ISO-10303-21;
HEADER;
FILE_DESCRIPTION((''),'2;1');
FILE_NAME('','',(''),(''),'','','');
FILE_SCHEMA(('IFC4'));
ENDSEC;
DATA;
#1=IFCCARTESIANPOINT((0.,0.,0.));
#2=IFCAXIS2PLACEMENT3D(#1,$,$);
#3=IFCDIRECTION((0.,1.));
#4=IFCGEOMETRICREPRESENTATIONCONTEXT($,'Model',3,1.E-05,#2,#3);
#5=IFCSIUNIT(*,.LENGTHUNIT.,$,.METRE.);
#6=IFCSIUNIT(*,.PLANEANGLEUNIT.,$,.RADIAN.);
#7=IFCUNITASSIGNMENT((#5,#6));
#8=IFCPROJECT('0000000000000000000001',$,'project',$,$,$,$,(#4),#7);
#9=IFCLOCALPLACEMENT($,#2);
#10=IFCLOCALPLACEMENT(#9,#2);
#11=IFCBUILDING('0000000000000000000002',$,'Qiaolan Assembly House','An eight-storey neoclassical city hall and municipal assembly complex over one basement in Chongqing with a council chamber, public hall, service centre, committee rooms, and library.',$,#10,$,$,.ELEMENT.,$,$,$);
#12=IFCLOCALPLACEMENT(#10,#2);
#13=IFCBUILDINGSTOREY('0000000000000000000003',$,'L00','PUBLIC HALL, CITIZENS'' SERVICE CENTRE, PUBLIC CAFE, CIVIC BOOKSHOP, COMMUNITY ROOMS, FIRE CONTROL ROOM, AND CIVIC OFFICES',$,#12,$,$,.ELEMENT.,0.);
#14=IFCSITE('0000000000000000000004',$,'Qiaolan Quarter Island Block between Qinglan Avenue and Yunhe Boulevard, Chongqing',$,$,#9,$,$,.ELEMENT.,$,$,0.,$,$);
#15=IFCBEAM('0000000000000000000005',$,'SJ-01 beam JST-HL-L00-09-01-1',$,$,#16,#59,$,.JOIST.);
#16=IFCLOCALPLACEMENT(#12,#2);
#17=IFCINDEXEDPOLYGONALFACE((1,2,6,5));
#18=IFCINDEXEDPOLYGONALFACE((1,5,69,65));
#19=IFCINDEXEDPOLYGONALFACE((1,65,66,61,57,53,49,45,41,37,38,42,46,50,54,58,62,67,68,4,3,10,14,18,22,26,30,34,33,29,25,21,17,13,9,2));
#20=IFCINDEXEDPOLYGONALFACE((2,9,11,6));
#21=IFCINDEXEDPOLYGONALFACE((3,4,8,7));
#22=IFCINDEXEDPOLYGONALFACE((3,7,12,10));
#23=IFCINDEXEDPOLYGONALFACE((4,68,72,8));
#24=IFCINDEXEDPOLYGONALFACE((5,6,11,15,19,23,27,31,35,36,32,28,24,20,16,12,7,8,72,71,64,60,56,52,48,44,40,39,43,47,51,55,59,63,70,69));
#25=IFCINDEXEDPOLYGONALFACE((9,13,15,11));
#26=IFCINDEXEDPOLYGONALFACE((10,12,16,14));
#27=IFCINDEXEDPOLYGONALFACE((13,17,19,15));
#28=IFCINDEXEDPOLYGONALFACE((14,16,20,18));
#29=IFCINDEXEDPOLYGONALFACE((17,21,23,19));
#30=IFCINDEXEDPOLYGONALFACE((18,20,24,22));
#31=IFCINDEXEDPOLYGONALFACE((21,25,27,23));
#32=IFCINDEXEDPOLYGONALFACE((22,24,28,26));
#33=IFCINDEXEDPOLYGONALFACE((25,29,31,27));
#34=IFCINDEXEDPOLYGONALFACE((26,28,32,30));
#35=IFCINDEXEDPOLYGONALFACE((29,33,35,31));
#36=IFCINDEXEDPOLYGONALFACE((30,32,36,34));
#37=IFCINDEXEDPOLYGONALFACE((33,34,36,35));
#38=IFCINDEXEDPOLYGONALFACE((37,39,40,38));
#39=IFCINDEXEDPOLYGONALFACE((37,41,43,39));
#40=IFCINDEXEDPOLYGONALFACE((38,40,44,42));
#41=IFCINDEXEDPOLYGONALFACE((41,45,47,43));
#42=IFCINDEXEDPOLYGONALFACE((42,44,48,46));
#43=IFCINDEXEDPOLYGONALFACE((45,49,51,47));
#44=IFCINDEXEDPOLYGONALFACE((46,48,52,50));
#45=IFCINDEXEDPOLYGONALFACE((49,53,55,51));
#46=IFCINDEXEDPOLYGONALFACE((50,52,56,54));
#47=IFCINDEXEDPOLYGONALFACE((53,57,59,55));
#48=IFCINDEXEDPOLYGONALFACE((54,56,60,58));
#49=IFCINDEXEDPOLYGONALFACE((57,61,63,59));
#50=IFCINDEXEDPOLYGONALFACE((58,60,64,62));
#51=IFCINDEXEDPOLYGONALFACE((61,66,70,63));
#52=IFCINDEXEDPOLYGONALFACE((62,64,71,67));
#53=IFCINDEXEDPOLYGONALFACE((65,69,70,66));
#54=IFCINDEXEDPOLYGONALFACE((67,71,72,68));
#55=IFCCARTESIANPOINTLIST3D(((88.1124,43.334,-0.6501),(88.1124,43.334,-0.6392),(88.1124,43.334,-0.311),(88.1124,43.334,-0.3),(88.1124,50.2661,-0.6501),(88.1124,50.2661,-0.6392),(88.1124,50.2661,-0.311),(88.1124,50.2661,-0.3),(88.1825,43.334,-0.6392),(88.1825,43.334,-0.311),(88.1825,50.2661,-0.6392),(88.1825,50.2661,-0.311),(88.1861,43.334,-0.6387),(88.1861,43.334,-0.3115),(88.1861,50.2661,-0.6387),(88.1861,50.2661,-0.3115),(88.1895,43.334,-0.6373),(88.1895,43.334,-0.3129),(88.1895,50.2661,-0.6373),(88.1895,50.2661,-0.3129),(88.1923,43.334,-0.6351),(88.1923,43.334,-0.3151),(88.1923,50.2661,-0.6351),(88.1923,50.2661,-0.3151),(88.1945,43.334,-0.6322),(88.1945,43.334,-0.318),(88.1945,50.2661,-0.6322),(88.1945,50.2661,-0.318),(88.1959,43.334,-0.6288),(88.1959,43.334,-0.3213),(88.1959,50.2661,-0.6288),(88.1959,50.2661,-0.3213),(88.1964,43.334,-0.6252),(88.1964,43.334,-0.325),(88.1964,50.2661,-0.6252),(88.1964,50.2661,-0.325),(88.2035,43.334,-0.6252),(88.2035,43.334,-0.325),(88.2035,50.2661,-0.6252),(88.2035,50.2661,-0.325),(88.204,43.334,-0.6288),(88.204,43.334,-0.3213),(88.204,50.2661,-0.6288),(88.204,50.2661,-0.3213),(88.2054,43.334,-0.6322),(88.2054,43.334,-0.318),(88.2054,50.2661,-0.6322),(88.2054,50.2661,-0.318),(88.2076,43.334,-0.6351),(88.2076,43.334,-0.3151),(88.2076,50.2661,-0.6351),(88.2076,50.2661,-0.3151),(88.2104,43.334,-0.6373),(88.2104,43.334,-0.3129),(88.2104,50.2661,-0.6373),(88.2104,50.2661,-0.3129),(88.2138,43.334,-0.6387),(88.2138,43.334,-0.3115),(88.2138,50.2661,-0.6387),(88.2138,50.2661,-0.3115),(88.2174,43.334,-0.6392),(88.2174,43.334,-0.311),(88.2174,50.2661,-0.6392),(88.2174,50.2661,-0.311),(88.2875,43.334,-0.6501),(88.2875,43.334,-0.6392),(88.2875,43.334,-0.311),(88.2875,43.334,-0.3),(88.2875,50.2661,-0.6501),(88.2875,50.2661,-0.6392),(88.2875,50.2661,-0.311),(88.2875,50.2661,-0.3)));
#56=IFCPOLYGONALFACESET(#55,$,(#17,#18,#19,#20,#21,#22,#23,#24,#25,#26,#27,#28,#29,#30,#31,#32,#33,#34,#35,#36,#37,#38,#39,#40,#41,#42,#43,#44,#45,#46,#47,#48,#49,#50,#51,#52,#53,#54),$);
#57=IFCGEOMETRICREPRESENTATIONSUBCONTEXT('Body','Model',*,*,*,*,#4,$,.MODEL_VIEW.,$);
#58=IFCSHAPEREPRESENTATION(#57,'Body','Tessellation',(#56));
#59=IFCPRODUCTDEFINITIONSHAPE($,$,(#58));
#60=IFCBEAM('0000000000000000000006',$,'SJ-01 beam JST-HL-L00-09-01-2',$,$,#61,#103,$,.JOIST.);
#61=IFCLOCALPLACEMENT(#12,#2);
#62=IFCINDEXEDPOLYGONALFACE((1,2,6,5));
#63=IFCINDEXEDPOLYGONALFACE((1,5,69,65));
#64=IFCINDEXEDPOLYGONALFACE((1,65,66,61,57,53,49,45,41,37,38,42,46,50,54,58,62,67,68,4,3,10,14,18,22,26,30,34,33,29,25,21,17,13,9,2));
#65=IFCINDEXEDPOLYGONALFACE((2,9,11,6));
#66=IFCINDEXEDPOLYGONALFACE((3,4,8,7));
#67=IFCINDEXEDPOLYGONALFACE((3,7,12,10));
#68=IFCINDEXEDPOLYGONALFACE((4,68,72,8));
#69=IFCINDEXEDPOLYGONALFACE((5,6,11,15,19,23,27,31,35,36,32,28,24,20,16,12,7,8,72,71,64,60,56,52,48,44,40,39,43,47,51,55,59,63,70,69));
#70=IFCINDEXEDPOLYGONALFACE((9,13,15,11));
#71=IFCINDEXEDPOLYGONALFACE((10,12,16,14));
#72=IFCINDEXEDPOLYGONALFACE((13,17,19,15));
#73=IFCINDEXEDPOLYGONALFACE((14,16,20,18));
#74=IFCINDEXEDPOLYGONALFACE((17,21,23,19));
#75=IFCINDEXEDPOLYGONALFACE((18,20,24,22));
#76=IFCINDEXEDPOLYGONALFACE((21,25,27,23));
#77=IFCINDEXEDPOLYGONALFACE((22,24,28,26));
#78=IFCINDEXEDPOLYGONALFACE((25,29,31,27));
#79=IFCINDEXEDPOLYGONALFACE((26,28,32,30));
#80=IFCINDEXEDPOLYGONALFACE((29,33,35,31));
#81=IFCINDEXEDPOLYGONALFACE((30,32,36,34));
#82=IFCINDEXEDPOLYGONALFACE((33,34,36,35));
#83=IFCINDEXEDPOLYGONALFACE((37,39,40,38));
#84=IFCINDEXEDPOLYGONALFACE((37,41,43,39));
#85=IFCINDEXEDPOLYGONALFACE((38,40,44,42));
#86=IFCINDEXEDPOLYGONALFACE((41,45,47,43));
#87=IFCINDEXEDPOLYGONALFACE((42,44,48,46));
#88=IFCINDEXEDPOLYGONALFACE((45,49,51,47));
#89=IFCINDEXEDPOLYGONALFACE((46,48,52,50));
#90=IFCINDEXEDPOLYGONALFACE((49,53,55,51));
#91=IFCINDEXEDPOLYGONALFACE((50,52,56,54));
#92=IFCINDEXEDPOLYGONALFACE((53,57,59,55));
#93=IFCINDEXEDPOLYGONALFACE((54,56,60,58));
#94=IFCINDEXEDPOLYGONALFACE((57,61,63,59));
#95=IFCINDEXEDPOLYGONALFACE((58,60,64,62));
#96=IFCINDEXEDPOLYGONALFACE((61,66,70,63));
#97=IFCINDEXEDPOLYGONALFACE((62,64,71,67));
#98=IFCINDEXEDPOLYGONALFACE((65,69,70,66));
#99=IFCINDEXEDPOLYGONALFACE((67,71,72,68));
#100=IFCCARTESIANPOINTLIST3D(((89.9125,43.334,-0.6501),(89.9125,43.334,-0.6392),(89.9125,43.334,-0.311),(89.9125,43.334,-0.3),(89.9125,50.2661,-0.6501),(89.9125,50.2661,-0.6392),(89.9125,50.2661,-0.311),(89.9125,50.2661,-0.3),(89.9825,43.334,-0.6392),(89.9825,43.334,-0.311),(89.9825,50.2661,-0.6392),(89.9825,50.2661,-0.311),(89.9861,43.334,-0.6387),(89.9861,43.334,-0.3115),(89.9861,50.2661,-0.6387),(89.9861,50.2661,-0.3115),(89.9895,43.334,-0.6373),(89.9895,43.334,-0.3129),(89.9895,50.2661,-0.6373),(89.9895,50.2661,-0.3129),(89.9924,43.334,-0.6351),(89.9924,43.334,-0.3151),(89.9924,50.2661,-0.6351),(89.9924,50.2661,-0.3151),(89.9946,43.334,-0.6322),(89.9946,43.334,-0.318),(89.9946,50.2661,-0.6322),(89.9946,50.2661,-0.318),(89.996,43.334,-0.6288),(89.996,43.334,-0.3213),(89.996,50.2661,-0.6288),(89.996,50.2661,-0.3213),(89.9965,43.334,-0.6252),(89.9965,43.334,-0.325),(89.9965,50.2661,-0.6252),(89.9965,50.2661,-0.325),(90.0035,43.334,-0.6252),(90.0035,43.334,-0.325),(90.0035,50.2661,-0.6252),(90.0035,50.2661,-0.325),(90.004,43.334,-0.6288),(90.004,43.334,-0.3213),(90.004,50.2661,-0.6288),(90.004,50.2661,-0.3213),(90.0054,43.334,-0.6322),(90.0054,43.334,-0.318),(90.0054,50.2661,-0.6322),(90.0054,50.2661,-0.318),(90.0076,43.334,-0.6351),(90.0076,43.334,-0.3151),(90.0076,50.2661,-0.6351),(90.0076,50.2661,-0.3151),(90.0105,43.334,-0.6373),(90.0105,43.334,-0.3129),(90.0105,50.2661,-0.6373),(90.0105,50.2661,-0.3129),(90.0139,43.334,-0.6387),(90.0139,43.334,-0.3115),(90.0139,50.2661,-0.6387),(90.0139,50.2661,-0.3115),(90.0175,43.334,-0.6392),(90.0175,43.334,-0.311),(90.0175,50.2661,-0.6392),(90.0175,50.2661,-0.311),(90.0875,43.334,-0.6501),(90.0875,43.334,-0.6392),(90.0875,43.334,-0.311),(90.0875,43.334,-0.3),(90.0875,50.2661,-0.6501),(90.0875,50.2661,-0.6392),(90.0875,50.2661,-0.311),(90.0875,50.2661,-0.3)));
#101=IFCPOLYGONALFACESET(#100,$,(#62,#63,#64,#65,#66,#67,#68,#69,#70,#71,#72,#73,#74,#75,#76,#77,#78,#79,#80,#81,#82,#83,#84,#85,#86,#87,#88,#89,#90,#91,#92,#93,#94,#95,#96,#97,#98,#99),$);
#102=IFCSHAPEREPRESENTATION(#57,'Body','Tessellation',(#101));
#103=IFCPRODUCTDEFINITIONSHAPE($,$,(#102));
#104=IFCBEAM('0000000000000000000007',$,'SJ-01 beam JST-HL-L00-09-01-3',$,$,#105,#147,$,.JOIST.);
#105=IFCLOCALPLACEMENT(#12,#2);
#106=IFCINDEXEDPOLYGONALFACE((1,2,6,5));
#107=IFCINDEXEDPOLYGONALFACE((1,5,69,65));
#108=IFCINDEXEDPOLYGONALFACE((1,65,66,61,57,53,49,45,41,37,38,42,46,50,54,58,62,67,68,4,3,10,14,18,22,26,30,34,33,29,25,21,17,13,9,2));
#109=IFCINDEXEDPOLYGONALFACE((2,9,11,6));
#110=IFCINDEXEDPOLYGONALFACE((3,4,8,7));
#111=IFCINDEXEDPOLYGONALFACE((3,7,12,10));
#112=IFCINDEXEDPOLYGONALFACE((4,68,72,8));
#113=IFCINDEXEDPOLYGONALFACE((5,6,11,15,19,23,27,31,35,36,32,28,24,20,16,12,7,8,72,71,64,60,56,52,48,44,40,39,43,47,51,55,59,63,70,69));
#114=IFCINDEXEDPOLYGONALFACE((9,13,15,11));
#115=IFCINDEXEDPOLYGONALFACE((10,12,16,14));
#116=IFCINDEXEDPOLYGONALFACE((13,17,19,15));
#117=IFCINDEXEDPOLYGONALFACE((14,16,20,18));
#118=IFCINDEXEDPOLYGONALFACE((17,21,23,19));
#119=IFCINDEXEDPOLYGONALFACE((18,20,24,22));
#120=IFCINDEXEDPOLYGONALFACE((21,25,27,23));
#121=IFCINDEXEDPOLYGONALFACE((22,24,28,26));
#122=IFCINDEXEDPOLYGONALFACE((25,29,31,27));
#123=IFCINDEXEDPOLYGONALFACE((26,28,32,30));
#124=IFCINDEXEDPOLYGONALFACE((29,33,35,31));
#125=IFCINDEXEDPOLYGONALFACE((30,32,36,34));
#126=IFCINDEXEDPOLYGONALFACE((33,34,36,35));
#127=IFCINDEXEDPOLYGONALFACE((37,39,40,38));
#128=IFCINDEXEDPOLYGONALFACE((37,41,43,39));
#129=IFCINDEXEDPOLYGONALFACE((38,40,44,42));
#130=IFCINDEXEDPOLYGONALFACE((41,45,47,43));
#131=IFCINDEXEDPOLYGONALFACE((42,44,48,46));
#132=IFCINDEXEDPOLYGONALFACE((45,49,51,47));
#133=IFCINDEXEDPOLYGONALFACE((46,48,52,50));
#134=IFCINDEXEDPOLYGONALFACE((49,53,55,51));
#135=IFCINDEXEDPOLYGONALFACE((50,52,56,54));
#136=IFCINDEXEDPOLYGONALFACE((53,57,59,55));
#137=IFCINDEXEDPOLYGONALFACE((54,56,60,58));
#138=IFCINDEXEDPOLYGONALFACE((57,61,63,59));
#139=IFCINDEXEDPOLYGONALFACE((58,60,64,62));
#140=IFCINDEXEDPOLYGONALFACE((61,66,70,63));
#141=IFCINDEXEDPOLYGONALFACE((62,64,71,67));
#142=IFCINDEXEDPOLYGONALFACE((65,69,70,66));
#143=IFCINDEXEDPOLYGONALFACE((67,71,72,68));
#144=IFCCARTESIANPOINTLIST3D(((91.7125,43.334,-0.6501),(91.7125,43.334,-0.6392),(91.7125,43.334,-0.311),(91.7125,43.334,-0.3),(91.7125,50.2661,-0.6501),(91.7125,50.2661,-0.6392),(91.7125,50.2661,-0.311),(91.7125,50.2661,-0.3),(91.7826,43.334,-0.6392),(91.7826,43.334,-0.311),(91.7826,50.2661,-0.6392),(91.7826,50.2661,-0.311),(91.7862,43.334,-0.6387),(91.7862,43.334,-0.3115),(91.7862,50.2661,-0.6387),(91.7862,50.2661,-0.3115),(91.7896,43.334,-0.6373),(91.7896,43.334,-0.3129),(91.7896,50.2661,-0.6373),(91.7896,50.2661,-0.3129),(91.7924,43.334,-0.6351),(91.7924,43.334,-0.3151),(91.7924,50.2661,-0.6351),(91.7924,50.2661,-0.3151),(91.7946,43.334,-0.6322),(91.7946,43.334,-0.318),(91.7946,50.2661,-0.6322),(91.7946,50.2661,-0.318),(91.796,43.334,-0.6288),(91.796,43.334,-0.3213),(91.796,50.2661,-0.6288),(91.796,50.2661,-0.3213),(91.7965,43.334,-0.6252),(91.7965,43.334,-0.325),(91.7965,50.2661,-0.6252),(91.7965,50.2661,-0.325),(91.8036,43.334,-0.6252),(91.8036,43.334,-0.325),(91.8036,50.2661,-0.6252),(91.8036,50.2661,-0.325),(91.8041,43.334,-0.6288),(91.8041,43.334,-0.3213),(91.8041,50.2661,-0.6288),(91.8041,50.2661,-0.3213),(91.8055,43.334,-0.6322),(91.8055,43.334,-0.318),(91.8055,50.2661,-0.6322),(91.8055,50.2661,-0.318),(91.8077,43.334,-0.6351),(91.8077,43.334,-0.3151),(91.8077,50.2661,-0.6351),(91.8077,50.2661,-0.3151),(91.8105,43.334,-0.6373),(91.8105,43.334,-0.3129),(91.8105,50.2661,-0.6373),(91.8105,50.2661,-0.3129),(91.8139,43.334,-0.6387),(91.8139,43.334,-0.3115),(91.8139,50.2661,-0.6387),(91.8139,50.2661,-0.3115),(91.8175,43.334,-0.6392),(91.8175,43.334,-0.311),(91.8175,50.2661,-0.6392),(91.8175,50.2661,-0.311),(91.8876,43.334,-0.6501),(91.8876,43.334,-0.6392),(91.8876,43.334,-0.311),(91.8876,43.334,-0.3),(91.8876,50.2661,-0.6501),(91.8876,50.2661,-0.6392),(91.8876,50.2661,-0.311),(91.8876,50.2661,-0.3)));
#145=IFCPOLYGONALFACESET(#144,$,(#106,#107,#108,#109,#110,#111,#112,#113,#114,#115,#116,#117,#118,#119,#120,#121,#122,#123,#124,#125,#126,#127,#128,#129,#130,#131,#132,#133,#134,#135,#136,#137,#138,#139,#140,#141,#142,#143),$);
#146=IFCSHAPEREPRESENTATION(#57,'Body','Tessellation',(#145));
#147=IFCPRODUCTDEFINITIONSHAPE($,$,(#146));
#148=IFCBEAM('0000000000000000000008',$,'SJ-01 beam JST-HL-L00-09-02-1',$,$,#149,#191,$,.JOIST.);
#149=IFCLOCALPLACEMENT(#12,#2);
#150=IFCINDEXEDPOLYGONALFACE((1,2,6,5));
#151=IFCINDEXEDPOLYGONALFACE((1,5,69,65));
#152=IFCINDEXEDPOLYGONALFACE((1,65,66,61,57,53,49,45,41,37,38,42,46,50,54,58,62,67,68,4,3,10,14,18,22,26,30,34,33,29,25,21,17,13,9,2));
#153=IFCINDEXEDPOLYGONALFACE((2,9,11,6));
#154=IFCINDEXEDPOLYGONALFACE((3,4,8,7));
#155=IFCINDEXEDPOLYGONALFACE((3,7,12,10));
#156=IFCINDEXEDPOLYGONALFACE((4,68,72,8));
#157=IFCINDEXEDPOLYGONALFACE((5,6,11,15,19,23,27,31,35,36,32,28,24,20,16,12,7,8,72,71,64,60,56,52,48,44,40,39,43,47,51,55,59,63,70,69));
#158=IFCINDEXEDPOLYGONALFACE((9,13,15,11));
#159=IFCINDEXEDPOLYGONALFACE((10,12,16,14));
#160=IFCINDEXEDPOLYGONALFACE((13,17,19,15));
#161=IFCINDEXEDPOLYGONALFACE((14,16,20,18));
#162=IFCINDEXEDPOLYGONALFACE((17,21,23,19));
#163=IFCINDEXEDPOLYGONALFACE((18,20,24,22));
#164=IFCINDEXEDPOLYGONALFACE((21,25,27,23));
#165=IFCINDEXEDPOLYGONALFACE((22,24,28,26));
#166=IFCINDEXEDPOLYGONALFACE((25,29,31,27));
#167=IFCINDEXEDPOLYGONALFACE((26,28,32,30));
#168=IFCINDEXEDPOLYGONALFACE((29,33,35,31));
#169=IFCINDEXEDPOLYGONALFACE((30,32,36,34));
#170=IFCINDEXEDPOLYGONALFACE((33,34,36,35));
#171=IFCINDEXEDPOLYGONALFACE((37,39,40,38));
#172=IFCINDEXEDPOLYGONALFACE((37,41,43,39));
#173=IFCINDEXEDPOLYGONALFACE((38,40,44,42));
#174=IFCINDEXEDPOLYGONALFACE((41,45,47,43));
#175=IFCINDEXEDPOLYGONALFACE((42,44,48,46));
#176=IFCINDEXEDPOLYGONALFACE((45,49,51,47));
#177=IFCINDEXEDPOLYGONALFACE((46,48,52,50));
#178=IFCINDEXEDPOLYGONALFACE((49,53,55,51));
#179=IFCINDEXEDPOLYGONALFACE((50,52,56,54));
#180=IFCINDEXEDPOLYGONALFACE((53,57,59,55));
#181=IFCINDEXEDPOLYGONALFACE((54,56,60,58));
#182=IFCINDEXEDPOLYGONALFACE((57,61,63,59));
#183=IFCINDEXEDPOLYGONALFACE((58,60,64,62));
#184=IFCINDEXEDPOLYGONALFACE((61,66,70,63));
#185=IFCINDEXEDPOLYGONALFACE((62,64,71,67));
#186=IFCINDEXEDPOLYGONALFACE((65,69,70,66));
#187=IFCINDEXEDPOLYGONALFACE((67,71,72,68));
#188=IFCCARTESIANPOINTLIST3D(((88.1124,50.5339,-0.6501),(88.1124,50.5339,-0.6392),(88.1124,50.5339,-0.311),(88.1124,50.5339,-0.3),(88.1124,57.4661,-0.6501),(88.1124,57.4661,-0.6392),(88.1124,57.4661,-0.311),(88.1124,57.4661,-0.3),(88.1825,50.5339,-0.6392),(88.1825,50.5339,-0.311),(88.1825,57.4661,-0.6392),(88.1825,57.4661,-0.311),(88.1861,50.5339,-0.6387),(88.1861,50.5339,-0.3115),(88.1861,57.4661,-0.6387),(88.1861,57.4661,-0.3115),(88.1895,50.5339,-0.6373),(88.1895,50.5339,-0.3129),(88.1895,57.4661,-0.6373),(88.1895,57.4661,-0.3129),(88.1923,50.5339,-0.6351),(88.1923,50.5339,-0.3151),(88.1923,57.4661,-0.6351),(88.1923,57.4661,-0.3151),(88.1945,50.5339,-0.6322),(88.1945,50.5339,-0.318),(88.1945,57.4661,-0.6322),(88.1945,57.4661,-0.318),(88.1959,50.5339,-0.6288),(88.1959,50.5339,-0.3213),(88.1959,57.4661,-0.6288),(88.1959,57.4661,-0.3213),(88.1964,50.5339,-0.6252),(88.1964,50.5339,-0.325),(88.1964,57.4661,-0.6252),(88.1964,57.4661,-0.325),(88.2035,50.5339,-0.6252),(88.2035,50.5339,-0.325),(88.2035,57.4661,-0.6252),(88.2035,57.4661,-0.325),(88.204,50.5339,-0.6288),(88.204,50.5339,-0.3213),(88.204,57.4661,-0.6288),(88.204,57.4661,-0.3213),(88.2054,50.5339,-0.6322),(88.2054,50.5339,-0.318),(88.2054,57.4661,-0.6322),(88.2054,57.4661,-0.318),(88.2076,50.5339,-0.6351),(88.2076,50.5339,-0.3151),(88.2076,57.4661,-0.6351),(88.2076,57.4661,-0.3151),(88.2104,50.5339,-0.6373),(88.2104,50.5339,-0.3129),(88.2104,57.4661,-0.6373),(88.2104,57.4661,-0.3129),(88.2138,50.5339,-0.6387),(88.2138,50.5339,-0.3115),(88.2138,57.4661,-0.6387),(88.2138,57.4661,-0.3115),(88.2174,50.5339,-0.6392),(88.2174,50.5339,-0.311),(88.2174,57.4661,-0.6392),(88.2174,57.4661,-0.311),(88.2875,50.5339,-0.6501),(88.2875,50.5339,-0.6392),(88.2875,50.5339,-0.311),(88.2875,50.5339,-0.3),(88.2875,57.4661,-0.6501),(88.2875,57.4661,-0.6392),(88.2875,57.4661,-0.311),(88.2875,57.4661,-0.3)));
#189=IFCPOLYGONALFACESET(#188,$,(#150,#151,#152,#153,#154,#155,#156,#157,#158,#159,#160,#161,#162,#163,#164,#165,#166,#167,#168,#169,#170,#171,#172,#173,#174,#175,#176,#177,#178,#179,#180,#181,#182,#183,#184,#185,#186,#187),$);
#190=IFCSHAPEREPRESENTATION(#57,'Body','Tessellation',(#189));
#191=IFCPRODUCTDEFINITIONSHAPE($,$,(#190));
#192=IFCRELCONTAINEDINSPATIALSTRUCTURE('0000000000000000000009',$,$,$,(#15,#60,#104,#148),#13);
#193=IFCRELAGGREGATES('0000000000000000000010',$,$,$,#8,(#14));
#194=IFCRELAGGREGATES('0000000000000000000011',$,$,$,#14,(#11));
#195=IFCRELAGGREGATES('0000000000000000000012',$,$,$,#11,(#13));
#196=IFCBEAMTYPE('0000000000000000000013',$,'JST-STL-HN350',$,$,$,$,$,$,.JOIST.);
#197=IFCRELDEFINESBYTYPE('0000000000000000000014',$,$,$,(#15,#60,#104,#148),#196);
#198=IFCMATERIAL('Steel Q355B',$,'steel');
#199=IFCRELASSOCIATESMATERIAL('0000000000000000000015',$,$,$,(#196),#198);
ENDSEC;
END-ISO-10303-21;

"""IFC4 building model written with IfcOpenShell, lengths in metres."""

from ifc_helpers import new_model, si_unit, direction, frame, origin, origin_2d, place, context, subcontext, project, spatial, i_section, extrude, material, material_profile, profile_set, type_object, element, save


model = new_model("IFC4")

# Units and contexts
model_context = context("Model", 3, precision=1e-05, world=origin(), true_north=direction((0.0, 1.0)))
body_context = subcontext(model_context, "Body", "Model", "MODEL_VIEW")
ifc_project = project(units=[si_unit("LENGTHUNIT", "METRE"), si_unit("PLANEANGLEUNIT", "RADIAN")], contexts=[model_context])

# Site, building, storey
site_placement = place(None, origin())
site = spatial("IfcSite", under=ifc_project, at=site_placement, Name="Qiaolan Quarter Island Block between Qinglan Avenue and Yunhe Boulevard, Chongqing", CompositionType="ELEMENT", RefElevation=0.0)
building_placement = place(site_placement, origin())
building = spatial("IfcBuilding", under=site, at=building_placement, Name="Qiaolan Assembly House", Description="An eight-storey neoclassical city hall and municipal assembly complex over one basement in Chongqing with a council chamber, public hall, service centre, committee rooms, and library.", CompositionType="ELEMENT")
storey_placement = place(building_placement, origin())
storey = spatial("IfcBuildingStorey", under=building, at=storey_placement, Name="L00", Description="PUBLIC HALL, CITIZENS' SERVICE CENTRE, PUBLIC CAFE, CIVIC BOOKSHOP, COMMUNITY ROOMS, FIRE CONTROL ROOM, AND CIVIC OFFICES", CompositionType="ELEMENT", Elevation=0.0)

# Shared definitions
ifc_material_1 = material(Name="Steel Q355B", Category="steel")

# Beams
ifc_material_profile_1 = material_profile(ifc_material_1, i_section(OverallWidth=0.175, OverallDepth=0.3501, WebThickness=0.0071, FlangeThickness=0.011, FilletRadius=0.0139, at=origin_2d()), Name="HN 350x175x7x11")
ifc_profile_set_1 = profile_set([ifc_material_profile_1], Name="Steel Q355B")
beam_type_1 = type_object("IfcBeamType", Name="JST-STL-HN350", PredefinedType="JOIST", material=ifc_profile_set_1)
for number, where, z_axis, x_axis, name in (
    (1, (88.2, 43.334, -0.4751), (0.0, 1.0, 0.0), (-1.0, 0.0, 0.0), "SJ-01 beam JST-HL-L00-09-01-1"),
    (2, (90.0, 43.334, -0.4751), (0.0, 1.0, 0.0), (-1.0, 0.0, 0.0), "SJ-01 beam JST-HL-L00-09-01-2"),
    (3, (91.8, 43.334, -0.4751), (0.0, 1.0, 0.0), (-1.0, 0.0, 0.0), "SJ-01 beam JST-HL-L00-09-01-3"),
    (4, (88.2, 50.5339, -0.4751), (0.0, 1.0, 0.0), (-1.0, 0.0, 0.0), "SJ-01 beam JST-HL-L00-09-02-1"),
):
    element("IfcBeam", number, at=place(storey_placement, frame(where, z_axis=z_axis, x_axis=x_axis)), inside=storey, type_object=beam_type_1, Name=name, PredefinedType="JOIST", context=body_context, shape_type="SweptSolid", body=[
        extrude(i_section(OverallWidth=0.175, OverallDepth=0.3501, WebThickness=0.0071, FlangeThickness=0.011, FilletRadius=0.0139, at=origin_2d()), origin(), (0.0, 0.0, 1.0), 6.9321),
    ])

save(model, "model.ifc")
